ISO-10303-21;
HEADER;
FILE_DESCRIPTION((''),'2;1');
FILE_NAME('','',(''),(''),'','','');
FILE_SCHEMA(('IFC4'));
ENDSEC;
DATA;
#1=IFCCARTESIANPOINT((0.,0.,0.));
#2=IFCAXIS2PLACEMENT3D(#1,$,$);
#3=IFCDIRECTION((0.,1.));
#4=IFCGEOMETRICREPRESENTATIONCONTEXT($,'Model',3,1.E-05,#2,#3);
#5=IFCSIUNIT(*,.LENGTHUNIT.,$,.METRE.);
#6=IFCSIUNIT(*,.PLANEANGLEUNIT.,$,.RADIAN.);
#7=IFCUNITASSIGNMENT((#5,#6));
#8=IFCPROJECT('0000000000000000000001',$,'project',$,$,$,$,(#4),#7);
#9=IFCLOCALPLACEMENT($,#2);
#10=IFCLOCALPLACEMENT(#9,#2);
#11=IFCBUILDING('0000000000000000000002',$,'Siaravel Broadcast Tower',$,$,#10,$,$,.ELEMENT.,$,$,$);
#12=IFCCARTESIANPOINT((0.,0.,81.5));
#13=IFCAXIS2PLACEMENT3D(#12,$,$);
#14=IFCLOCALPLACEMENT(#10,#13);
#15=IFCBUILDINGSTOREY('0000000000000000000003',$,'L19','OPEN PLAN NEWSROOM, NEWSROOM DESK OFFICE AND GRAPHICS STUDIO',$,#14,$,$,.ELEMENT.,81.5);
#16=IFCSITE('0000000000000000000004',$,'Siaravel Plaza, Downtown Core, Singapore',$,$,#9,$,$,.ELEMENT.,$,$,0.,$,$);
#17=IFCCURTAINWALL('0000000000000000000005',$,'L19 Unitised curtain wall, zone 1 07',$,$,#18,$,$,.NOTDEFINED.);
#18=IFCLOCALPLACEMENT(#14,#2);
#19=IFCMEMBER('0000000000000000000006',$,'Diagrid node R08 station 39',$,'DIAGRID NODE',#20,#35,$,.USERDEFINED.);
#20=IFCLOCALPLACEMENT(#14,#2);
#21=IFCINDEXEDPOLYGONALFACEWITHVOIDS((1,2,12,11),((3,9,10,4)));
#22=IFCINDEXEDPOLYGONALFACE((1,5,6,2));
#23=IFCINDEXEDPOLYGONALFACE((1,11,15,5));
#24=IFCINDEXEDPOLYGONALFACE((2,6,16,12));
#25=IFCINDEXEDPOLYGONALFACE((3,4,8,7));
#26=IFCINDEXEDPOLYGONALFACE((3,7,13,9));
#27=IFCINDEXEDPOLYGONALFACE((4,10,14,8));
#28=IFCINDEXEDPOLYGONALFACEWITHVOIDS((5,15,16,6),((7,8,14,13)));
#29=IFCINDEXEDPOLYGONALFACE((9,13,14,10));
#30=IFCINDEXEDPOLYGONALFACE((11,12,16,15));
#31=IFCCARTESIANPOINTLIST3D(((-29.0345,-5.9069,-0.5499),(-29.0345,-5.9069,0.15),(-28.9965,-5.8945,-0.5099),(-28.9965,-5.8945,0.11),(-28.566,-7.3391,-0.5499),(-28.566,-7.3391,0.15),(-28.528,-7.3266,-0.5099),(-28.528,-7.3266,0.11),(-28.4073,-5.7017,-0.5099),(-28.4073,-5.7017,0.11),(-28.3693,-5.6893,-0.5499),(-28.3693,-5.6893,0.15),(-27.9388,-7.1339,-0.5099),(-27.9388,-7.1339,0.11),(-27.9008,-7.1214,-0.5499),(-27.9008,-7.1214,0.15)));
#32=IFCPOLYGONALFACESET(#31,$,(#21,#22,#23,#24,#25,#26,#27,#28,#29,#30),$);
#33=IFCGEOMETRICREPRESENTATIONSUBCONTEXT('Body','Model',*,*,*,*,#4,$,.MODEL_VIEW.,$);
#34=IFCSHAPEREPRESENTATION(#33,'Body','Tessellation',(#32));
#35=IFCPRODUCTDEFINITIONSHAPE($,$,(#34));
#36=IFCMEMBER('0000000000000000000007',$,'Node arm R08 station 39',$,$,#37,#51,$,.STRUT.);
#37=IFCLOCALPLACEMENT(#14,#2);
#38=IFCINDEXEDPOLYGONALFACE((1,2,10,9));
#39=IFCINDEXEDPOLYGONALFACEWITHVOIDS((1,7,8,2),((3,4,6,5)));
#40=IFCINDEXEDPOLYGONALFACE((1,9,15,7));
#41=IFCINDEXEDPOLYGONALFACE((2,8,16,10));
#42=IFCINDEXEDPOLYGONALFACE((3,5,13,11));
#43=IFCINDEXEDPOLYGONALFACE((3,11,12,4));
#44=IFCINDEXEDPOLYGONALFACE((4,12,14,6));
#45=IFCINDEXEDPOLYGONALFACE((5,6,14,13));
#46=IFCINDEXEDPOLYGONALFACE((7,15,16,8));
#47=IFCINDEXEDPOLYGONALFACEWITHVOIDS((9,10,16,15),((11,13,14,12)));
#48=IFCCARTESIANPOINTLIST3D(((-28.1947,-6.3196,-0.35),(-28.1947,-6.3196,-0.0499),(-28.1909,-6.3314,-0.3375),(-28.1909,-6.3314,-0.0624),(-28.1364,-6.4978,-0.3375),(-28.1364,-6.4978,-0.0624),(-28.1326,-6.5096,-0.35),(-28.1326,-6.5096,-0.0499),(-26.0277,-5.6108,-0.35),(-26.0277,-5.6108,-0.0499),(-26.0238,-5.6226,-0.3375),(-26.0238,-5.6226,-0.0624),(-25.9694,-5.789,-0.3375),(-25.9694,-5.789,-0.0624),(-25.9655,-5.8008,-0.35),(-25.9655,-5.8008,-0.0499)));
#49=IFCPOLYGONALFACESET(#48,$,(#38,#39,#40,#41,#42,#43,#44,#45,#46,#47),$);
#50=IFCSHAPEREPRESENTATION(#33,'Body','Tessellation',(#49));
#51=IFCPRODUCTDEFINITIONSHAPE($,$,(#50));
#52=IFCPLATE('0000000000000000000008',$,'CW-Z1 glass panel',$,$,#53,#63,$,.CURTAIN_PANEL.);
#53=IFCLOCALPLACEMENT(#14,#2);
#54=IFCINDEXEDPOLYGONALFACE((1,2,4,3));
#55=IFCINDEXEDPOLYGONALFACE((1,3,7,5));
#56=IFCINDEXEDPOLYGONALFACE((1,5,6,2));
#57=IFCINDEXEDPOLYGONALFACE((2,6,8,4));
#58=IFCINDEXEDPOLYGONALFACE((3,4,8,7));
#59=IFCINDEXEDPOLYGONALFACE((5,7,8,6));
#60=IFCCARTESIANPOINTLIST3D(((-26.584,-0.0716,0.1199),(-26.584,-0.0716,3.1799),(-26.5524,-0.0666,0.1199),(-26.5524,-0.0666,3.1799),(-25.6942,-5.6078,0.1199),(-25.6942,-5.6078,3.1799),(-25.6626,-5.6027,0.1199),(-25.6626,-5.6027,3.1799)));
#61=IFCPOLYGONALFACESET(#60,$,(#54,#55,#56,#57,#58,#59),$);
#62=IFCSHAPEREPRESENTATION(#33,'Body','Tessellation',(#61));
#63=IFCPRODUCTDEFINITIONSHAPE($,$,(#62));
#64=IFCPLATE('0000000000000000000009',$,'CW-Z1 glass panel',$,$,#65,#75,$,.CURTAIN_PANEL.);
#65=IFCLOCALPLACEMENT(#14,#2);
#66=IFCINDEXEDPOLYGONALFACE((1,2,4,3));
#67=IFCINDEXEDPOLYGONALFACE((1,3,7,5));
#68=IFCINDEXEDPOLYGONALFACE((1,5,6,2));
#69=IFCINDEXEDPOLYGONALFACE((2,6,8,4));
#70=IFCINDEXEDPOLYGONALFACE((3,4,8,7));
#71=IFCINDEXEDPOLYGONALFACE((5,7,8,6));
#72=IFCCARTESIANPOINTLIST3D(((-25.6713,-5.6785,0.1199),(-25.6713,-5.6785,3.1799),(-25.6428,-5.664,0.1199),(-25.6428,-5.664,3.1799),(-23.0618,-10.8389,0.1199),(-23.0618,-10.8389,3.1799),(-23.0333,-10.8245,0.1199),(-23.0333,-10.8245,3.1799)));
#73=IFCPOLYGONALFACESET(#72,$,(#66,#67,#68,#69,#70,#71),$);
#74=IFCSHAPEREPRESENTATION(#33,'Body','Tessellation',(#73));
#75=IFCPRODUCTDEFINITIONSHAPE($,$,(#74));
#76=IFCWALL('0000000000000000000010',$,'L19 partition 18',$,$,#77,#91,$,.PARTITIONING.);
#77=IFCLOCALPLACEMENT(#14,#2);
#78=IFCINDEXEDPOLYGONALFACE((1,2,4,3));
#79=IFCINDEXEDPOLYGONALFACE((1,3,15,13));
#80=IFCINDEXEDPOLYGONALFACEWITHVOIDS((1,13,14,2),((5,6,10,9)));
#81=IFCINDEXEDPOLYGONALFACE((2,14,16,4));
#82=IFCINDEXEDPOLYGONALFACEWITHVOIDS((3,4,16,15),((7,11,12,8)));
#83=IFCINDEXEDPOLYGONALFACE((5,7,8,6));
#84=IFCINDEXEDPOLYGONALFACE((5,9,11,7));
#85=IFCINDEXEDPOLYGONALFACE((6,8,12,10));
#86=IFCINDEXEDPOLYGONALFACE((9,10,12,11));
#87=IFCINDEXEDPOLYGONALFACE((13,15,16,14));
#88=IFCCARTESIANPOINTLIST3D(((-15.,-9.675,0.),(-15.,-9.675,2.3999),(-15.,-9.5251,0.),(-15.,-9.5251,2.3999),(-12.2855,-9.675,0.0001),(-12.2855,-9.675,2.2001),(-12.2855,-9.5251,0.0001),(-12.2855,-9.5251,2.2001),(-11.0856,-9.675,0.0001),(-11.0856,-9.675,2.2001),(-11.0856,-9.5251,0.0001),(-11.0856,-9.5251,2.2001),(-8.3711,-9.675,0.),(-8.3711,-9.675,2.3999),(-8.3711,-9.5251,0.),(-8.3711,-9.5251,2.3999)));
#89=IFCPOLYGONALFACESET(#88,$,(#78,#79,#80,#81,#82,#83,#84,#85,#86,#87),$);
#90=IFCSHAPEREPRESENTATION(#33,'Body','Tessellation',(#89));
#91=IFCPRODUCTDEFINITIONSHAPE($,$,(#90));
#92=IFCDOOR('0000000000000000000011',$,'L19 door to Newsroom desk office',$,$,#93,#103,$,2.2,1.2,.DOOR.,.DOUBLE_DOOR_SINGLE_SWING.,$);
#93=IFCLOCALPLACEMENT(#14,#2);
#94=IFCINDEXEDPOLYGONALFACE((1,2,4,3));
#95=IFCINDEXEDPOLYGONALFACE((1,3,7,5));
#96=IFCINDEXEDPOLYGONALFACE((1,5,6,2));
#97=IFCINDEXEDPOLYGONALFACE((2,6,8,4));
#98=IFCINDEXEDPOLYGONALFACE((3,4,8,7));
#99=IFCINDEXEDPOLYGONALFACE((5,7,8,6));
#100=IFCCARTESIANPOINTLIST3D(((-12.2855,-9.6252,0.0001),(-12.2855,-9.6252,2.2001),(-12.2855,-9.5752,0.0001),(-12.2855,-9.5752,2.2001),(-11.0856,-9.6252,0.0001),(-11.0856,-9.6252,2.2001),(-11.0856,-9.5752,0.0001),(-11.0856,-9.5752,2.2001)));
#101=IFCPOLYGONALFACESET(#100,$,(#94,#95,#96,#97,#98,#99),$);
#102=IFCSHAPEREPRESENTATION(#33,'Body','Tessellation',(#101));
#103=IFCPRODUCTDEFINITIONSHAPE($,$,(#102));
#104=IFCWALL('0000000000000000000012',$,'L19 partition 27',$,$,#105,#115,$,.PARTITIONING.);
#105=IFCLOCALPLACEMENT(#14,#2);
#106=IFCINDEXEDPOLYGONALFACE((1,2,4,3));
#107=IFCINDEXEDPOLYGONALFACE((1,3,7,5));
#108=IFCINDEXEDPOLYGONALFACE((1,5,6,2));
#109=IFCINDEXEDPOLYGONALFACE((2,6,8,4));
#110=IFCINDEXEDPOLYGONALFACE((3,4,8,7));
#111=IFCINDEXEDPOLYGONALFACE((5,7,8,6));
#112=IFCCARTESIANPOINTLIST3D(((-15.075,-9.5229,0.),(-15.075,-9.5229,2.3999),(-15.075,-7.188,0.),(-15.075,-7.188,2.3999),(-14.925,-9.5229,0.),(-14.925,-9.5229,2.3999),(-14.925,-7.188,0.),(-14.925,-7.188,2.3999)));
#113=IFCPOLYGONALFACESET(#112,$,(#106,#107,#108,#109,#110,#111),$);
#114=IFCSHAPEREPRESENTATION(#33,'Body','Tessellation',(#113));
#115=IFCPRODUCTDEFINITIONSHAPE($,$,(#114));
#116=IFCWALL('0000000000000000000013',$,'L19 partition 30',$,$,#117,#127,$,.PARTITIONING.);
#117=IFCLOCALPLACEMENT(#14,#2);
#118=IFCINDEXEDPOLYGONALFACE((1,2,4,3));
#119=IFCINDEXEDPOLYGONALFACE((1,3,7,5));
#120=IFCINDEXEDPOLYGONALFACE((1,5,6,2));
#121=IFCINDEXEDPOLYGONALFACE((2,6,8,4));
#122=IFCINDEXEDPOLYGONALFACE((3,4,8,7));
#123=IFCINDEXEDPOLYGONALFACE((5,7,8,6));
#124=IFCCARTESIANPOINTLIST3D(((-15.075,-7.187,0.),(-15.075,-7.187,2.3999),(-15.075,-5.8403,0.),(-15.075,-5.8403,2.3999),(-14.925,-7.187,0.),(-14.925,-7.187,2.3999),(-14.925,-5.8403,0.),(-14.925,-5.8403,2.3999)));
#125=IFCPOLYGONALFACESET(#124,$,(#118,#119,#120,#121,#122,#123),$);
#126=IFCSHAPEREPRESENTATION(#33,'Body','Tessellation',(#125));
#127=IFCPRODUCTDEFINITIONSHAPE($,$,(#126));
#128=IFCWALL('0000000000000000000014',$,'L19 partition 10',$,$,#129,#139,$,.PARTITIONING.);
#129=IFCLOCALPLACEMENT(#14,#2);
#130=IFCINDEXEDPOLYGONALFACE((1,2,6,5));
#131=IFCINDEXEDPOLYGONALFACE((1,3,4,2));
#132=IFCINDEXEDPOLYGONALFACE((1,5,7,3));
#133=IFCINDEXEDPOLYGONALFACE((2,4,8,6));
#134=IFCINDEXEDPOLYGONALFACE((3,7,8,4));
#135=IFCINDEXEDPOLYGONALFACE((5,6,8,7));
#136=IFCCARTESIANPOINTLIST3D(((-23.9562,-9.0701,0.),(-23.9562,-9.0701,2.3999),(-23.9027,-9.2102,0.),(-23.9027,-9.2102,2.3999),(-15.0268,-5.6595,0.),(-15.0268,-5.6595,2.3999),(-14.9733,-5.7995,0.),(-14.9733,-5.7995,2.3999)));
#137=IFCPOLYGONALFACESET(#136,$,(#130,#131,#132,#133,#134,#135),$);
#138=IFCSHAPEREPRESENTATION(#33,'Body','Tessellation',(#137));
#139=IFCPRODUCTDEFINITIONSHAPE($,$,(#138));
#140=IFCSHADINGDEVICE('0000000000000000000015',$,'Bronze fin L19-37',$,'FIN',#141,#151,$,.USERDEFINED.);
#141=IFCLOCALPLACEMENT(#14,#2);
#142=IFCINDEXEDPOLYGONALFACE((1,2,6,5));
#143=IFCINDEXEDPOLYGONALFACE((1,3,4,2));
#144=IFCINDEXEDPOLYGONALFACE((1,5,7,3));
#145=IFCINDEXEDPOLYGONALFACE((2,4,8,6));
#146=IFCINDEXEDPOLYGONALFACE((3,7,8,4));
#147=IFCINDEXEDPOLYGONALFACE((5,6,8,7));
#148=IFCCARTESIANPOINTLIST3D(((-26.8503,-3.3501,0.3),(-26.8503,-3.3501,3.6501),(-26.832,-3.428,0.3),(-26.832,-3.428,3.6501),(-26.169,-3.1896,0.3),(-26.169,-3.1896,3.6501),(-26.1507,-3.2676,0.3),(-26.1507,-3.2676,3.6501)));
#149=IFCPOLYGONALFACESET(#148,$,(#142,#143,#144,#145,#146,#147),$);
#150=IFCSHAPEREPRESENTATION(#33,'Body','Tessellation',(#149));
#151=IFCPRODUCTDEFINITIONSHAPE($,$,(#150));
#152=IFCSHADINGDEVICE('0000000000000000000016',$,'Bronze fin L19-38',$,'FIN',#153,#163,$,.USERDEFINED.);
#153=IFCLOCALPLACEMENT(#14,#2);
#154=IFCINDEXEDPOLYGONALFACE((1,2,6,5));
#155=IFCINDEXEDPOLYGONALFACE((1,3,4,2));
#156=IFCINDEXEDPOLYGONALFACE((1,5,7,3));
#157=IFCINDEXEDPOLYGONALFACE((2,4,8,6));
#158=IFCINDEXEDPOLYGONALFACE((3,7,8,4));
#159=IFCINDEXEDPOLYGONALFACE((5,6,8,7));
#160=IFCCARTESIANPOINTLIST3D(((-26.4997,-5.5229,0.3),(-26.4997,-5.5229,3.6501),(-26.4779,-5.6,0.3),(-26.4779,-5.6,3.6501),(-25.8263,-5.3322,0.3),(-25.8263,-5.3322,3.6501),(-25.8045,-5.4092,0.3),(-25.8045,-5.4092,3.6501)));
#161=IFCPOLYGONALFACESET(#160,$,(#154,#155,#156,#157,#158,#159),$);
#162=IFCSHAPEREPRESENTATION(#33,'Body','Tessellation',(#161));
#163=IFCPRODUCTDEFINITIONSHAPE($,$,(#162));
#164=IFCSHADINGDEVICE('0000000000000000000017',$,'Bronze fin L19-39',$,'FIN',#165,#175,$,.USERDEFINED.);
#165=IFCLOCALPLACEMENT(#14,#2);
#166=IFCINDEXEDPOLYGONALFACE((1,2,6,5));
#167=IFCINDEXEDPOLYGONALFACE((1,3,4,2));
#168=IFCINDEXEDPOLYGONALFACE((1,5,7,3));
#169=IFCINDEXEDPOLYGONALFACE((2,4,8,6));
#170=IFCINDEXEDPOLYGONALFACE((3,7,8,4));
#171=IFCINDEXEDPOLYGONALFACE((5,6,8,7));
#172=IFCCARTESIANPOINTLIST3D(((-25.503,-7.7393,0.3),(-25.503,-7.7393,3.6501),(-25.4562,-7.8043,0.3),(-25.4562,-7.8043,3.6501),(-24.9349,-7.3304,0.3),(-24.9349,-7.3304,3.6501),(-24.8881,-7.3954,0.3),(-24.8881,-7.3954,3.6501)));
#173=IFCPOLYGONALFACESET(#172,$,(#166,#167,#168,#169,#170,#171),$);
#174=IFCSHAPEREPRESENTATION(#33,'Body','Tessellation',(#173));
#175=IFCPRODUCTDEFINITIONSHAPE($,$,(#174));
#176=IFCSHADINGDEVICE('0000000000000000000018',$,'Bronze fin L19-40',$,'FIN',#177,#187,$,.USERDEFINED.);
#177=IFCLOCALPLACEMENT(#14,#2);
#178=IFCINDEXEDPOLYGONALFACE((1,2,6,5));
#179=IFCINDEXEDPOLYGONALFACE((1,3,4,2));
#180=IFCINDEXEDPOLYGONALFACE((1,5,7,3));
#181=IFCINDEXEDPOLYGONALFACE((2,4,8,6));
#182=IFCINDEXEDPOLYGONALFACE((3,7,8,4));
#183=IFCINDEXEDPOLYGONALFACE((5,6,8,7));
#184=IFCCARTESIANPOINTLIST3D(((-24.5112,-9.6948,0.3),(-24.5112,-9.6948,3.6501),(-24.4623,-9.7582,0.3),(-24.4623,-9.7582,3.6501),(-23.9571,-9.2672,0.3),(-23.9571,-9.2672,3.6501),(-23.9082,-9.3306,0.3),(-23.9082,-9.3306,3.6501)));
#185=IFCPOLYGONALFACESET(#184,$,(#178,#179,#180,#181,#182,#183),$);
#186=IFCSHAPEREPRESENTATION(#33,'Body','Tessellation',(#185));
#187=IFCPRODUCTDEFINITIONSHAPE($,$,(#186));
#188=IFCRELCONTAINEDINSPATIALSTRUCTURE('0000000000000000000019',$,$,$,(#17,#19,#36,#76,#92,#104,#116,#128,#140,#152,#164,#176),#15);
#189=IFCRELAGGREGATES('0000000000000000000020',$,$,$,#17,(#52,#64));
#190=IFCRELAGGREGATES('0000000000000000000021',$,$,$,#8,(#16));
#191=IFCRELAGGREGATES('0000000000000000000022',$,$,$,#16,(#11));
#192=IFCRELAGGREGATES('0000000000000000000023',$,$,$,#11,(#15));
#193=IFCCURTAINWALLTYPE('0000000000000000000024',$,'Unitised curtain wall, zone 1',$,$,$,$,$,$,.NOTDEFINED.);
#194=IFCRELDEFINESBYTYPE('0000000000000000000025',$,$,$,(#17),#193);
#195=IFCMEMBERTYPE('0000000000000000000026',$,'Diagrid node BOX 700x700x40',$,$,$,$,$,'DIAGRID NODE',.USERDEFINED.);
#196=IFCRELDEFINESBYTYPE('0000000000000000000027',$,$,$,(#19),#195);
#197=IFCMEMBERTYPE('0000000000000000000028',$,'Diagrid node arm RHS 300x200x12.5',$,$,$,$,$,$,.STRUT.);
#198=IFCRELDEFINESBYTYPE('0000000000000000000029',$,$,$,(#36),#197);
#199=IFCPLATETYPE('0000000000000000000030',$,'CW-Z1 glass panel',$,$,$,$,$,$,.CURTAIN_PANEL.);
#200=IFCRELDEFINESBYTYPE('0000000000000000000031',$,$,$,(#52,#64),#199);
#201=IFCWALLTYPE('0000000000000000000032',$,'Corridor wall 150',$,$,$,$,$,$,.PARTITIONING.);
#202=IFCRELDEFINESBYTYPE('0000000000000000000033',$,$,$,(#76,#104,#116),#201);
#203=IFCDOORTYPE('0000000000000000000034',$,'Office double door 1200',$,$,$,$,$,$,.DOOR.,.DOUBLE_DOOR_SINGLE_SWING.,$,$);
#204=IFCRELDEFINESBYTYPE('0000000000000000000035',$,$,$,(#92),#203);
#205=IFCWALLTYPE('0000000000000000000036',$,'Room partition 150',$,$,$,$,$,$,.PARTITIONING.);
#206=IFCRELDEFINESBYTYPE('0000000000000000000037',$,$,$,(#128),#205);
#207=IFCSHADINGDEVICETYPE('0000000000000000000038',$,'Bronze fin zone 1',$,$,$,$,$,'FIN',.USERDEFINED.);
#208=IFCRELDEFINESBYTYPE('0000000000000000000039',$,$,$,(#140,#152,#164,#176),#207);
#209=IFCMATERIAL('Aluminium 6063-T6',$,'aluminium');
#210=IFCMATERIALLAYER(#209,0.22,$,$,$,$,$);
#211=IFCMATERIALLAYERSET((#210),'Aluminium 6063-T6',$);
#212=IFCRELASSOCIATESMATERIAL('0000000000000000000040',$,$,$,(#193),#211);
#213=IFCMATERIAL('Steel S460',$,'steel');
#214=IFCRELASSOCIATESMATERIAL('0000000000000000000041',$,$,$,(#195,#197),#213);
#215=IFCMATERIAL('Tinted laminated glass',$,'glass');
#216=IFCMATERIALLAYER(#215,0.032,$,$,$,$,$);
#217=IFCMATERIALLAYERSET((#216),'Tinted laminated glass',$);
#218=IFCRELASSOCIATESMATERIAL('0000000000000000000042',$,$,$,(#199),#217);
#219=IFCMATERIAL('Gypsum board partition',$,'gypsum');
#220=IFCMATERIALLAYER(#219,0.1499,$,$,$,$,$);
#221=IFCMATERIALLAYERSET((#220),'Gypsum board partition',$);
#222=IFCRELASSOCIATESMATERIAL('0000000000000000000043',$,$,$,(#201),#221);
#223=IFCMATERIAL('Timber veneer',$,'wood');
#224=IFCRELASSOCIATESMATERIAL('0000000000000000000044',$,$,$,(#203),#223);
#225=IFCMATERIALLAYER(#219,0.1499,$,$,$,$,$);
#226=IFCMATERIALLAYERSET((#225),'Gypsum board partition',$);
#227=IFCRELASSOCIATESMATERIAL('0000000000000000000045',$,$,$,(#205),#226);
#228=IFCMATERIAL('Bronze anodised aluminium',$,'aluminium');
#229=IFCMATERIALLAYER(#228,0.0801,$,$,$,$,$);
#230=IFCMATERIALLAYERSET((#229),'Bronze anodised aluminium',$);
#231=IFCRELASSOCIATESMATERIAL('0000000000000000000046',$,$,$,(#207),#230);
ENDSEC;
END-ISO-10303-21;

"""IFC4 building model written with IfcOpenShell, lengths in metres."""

from ifc_helpers import new_model, si_unit, direction, frame, frame_2d, origin, origin_2d, place, context, subcontext, project, spatial, rectangle, hollow_rectangle, extrude, material, layer, layer_set, material_profile, profile_set, type_object, element, fill, aggregate, save


model = new_model("IFC4")

# Units and contexts
model_context = context("Model", 3, precision=1e-05, world=origin(), true_north=direction((0.0, 1.0)))
body_context = subcontext(model_context, "Body", "Model", "MODEL_VIEW")
ifc_project = project(units=[si_unit("LENGTHUNIT", "METRE"), si_unit("PLANEANGLEUNIT", "RADIAN")], contexts=[model_context])

# Site, building, storey
site_placement = place(None, origin())
site = spatial("IfcSite", under=ifc_project, at=site_placement, Name="Siaravel Plaza, Downtown Core, Singapore", CompositionType="ELEMENT", RefElevation=0.0)
building_placement = place(site_placement, origin())
building = spatial("IfcBuilding", under=site, at=building_placement, Name="Siaravel Broadcast Tower", CompositionType="ELEMENT")
storey_placement = place(building_placement, frame((0.0, 0.0, 81.5)))
storey = spatial("IfcBuildingStorey", under=building, at=storey_placement, Name="L19", Description="OPEN PLAN NEWSROOM, NEWSROOM DESK OFFICE AND GRAPHICS STUDIO", CompositionType="ELEMENT", Elevation=81.5)

# Curtain wall
ifc_material_1 = material(Name="Aluminium 6063-T6", Category="aluminium")
ifc_layer_1 = layer(ifc_material_1, 0.22)
ifc_layer_set_1 = layer_set([ifc_layer_1], Name="Aluminium 6063-T6")
curtain_wall_type = type_object("IfcCurtainWallType", Name="Unitised curtain wall, zone 1", PredefinedType="NOTDEFINED", material=ifc_layer_set_1)
curtain_wall_placement = place(storey_placement, origin())
curtain_wall = element("IfcCurtainWall", 1, at=curtain_wall_placement, inside=storey, type_object=curtain_wall_type, Name="L19 Unitised curtain wall, zone 1 07", PredefinedType="NOTDEFINED")

# Members
ifc_material_2 = material(Name="Steel S460", Category="steel")
ifc_material_profile_1 = material_profile(ifc_material_2, hollow_rectangle(XDim=0.7, YDim=0.7, WallThickness=0.04, at=origin_2d()))
ifc_profile_set_1 = profile_set([ifc_material_profile_1], Name="Steel S460")
member_type_1 = type_object("IfcMemberType", Name="Diagrid node BOX 700x700x40", ElementType="DIAGRID NODE", PredefinedType="USERDEFINED", material=ifc_profile_set_1)
member_1_placement = place(storey_placement, frame((-28.7019, -5.7981, -0.2), z_axis=(0.310925, -0.950435, 0.0), x_axis=(0.950435, 0.310925, 0.0)))
element("IfcMember", 2, at=member_1_placement, inside=storey, type_object=member_type_1, Name="Diagrid node R08 station 39", ObjectType="DIAGRID NODE", PredefinedType="USERDEFINED", context=body_context, shape_type="SweptSolid", body=[
    extrude(hollow_rectangle(XDim=0.7, YDim=0.7, WallThickness=0.04, at=origin_2d()), origin(), (0.0, 0.0, 1.0), 1.5068),
])
ifc_material_profile_2 = material_profile(ifc_material_2, hollow_rectangle(XDim=0.2, YDim=0.3, WallThickness=0.0125, at=origin_2d()))
ifc_profile_set_2 = profile_set([ifc_material_profile_2], Name="Steel S460")
member_type_2 = type_object("IfcMemberType", Name="Diagrid node arm RHS 300x200x12.5", PredefinedType="STRUT", material=ifc_profile_set_2)
member_2_placement = place(storey_placement, frame((-25.9966, -5.7058, -0.2), z_axis=(-0.950456, -0.310858, 0.0), x_axis=(0.310858, -0.950456, 0.0)))
element("IfcMember", 3, at=member_2_placement, inside=storey, type_object=member_type_2, Name="Node arm R08 station 39", PredefinedType="STRUT", context=body_context, shape_type="SweptSolid", body=[
    extrude(hollow_rectangle(XDim=0.2, YDim=0.3, WallThickness=0.0125, at=origin_2d()), origin(), (0.0, 0.0, 1.0), 2.28),
])

# Plates
ifc_material_3 = material(Name="Tinted laminated glass", Category="glass")
ifc_layer_2 = layer(ifc_material_3, 0.032)
ifc_layer_set_2 = layer_set([ifc_layer_2], Name="Tinted laminated glass")
plate_type = type_object("IfcPlateType", Name="CW-Z1 glass panel", PredefinedType="CURTAIN_PANEL", material=ifc_layer_set_2)
plate_1_placement = place(storey_placement, frame((-26.1233, -2.8372, 0.1199), z_axis=(0.0, 0.0, 1.0), x_axis=(0.158685, -0.987329, 0.0)))
plate_1 = element("IfcPlate", 4, at=plate_1_placement, type_object=plate_type, Name="CW-Z1 glass panel", PredefinedType="CURTAIN_PANEL", context=body_context, shape_type="SweptSolid", body=[
    extrude(rectangle(XDim=5.6072, YDim=0.032, at=origin_2d()), origin(), (0.0, 0.0, 1.0), 3.0601),
])
plate_2_placement = place(storey_placement, frame((-24.3523, -8.2515, 0.1199), z_axis=(0.0, 0.0, 1.0), x_axis=(0.451261, -0.892392, 0.0)))
plate_2 = element("IfcPlate", 5, at=plate_2_placement, type_object=plate_type, Name="CW-Z1 glass panel", PredefinedType="CURTAIN_PANEL", context=body_context, shape_type="SweptSolid", body=[
    extrude(rectangle(XDim=5.7827, YDim=0.032, at=origin_2d()), origin(), (0.0, 0.0, 1.0), 3.0601),
])
aggregate(curtain_wall, [plate_1, plate_2])

# Wall, opening, door
ifc_material_4 = material(Name="Gypsum board partition", Category="gypsum")
ifc_layer_3 = layer(ifc_material_4, 0.1499)
ifc_layer_set_3 = layer_set([ifc_layer_3], Name="Gypsum board partition")
wall_type_1 = type_object("IfcWallType", Name="Corridor wall 150", PredefinedType="PARTITIONING", material=ifc_layer_set_3)
wall_1_placement = place(storey_placement, frame((-15.0, -9.6001, 0.0), z_axis=(0.0, 0.0, 1.0), x_axis=(1.0, 0.0, 0.0)))
wall_1 = element("IfcWall", 6, at=wall_1_placement, inside=storey, type_object=wall_type_1, Name="L19 partition 18", PredefinedType="PARTITIONING", context=body_context, shape_type="SweptSolid", body=[
    extrude(rectangle(XDim=6.6289, YDim=0.1499, at=frame_2d((3.3145, 0.0))), origin(), (0.0, 0.0, 1.0), 2.3999),
])
opening_placement = place(wall_1_placement, frame((2.7144, 0.0, 0.0)))
opening = element("IfcOpeningElement", 7, at=opening_placement, cuts=wall_1, PredefinedType="OPENING", context=body_context, shape_type="SweptSolid", body=[
    extrude(rectangle(XDim=1.2, YDim=2.2, at=frame_2d((0.6001, 1.1001))), frame((0.0, 0.085, 0.0), z_axis=(0.0, -1.0, 0.0), x_axis=(1.0, 0.0, 0.0)), (0.0, 0.0, 1.0), 0.1699),
])
ifc_material_5 = material(Name="Timber veneer", Category="wood")
door_type = type_object("IfcDoorType", Name="Office double door 1200", OperationType="DOUBLE_DOOR_SINGLE_SWING", PredefinedType="DOOR", material=ifc_material_5)
door_placement = place(opening_placement, origin())
door = element("IfcDoor", 8, at=door_placement, inside=storey, type_object=door_type, Name="L19 door to Newsroom desk office", OperationType="DOUBLE_DOOR_SINGLE_SWING", OverallHeight=2.2, OverallWidth=1.2, PredefinedType="DOOR", context=body_context, shape_type="SweptSolid", body=[
    extrude(rectangle(XDim=1.2, YDim=2.2, at=frame_2d((0.6001, 1.1001))), frame((0.0, 0.0249, 0.0), z_axis=(0.0, -1.0, 0.0), x_axis=(1.0, 0.0, 0.0)), (0.0, 0.0, 1.0), 0.05),
])
fill(opening, door)

# Walls
wall_2_placement = place(storey_placement, frame((-15.0, -7.188, 0.0), z_axis=(0.0, 0.0, 1.0), x_axis=(0.0, -1.0, 0.0)))
element("IfcWall", 9, at=wall_2_placement, inside=storey, type_object=wall_type_1, Name="L19 partition 27", PredefinedType="PARTITIONING", context=body_context, shape_type="SweptSolid", body=[
    extrude(rectangle(XDim=2.335, YDim=0.1499, at=frame_2d((1.1675, 0.0))), origin(), (0.0, 0.0, 1.0), 2.3999),
])
wall_3_placement = place(storey_placement, frame((-15.0, -5.8403, 0.0), z_axis=(0.0, 0.0, 1.0), x_axis=(0.0, -1.0, 0.0)))
element("IfcWall", 10, at=wall_3_placement, inside=storey, type_object=wall_type_1, Name="L19 partition 30", PredefinedType="PARTITIONING", context=body_context, shape_type="SweptSolid", body=[
    extrude(rectangle(XDim=1.3467, YDim=0.1499, at=frame_2d((0.6733, 0.0))), origin(), (0.0, 0.0, 1.0), 2.3999),
])
ifc_layer_4 = layer(ifc_material_4, 0.1499)
ifc_layer_set_4 = layer_set([ifc_layer_4], Name="Gypsum board partition")
wall_type_2 = type_object("IfcWallType", Name="Room partition 150", PredefinedType="PARTITIONING", material=ifc_layer_set_4)
wall_4_placement = place(storey_placement, frame((-23.9294, -9.1401, 0.0), z_axis=(0.0, 0.0, 1.0), x_axis=(0.934176, 0.356813, 0.0)))
element("IfcWall", 11, at=wall_4_placement, inside=storey, type_object=wall_type_2, Name="L19 partition 10", PredefinedType="PARTITIONING", context=body_context, shape_type="SweptSolid", body=[
    extrude(rectangle(XDim=9.5586, YDim=0.1499, at=frame_2d((4.7793, 0.0))), origin(), (0.0, 0.0, 1.0), 2.3999),
])

# Shading devices
ifc_material_6 = material(Name="Bronze anodised aluminium", Category="aluminium")
ifc_layer_5 = layer(ifc_material_6, 0.0801)
ifc_layer_set_5 = layer_set([ifc_layer_5], Name="Bronze anodised aluminium")
shading_device_type = type_object("IfcShadingDeviceType", Name="Bronze fin zone 1", ElementType="FIN", PredefinedType="USERDEFINED", material=ifc_layer_set_5)
for number, where, z_axis, x_axis, name in (
    (12, (-26.5005, -3.3088, 0.3), (0.0, 0.0, 1.0), (-0.973374, -0.229224, 0.0), "Bronze fin L19-37"),
    (13, (-26.1521, -5.4661, 0.3), (0.0, 0.0, 1.0), (-0.962141, -0.272552, 0.0), "Bronze fin L19-38"),
    (14, (-25.1956, -7.5674, 0.3), (0.0, 0.0, 1.0), (-0.811609, -0.584202, 0.0), "Bronze fin L19-39"),
    (15, (-24.2097, -9.5127, 0.3), (0.0, 0.0, 1.0), (-0.791659, -0.610963, 0.0), "Bronze fin L19-40"),
):
    element("IfcShadingDevice", number, at=place(storey_placement, frame(where, z_axis=z_axis, x_axis=x_axis)), inside=storey, type_object=shading_device_type, Name=name, ObjectType="FIN", PredefinedType="USERDEFINED", context=body_context, shape_type="SweptSolid", body=[
        extrude(rectangle(XDim=0.7, YDim=0.0801, at=origin_2d()), origin(), (0.0, 0.0, 1.0), 3.3501),
    ])

save(model, "model.ifc")
